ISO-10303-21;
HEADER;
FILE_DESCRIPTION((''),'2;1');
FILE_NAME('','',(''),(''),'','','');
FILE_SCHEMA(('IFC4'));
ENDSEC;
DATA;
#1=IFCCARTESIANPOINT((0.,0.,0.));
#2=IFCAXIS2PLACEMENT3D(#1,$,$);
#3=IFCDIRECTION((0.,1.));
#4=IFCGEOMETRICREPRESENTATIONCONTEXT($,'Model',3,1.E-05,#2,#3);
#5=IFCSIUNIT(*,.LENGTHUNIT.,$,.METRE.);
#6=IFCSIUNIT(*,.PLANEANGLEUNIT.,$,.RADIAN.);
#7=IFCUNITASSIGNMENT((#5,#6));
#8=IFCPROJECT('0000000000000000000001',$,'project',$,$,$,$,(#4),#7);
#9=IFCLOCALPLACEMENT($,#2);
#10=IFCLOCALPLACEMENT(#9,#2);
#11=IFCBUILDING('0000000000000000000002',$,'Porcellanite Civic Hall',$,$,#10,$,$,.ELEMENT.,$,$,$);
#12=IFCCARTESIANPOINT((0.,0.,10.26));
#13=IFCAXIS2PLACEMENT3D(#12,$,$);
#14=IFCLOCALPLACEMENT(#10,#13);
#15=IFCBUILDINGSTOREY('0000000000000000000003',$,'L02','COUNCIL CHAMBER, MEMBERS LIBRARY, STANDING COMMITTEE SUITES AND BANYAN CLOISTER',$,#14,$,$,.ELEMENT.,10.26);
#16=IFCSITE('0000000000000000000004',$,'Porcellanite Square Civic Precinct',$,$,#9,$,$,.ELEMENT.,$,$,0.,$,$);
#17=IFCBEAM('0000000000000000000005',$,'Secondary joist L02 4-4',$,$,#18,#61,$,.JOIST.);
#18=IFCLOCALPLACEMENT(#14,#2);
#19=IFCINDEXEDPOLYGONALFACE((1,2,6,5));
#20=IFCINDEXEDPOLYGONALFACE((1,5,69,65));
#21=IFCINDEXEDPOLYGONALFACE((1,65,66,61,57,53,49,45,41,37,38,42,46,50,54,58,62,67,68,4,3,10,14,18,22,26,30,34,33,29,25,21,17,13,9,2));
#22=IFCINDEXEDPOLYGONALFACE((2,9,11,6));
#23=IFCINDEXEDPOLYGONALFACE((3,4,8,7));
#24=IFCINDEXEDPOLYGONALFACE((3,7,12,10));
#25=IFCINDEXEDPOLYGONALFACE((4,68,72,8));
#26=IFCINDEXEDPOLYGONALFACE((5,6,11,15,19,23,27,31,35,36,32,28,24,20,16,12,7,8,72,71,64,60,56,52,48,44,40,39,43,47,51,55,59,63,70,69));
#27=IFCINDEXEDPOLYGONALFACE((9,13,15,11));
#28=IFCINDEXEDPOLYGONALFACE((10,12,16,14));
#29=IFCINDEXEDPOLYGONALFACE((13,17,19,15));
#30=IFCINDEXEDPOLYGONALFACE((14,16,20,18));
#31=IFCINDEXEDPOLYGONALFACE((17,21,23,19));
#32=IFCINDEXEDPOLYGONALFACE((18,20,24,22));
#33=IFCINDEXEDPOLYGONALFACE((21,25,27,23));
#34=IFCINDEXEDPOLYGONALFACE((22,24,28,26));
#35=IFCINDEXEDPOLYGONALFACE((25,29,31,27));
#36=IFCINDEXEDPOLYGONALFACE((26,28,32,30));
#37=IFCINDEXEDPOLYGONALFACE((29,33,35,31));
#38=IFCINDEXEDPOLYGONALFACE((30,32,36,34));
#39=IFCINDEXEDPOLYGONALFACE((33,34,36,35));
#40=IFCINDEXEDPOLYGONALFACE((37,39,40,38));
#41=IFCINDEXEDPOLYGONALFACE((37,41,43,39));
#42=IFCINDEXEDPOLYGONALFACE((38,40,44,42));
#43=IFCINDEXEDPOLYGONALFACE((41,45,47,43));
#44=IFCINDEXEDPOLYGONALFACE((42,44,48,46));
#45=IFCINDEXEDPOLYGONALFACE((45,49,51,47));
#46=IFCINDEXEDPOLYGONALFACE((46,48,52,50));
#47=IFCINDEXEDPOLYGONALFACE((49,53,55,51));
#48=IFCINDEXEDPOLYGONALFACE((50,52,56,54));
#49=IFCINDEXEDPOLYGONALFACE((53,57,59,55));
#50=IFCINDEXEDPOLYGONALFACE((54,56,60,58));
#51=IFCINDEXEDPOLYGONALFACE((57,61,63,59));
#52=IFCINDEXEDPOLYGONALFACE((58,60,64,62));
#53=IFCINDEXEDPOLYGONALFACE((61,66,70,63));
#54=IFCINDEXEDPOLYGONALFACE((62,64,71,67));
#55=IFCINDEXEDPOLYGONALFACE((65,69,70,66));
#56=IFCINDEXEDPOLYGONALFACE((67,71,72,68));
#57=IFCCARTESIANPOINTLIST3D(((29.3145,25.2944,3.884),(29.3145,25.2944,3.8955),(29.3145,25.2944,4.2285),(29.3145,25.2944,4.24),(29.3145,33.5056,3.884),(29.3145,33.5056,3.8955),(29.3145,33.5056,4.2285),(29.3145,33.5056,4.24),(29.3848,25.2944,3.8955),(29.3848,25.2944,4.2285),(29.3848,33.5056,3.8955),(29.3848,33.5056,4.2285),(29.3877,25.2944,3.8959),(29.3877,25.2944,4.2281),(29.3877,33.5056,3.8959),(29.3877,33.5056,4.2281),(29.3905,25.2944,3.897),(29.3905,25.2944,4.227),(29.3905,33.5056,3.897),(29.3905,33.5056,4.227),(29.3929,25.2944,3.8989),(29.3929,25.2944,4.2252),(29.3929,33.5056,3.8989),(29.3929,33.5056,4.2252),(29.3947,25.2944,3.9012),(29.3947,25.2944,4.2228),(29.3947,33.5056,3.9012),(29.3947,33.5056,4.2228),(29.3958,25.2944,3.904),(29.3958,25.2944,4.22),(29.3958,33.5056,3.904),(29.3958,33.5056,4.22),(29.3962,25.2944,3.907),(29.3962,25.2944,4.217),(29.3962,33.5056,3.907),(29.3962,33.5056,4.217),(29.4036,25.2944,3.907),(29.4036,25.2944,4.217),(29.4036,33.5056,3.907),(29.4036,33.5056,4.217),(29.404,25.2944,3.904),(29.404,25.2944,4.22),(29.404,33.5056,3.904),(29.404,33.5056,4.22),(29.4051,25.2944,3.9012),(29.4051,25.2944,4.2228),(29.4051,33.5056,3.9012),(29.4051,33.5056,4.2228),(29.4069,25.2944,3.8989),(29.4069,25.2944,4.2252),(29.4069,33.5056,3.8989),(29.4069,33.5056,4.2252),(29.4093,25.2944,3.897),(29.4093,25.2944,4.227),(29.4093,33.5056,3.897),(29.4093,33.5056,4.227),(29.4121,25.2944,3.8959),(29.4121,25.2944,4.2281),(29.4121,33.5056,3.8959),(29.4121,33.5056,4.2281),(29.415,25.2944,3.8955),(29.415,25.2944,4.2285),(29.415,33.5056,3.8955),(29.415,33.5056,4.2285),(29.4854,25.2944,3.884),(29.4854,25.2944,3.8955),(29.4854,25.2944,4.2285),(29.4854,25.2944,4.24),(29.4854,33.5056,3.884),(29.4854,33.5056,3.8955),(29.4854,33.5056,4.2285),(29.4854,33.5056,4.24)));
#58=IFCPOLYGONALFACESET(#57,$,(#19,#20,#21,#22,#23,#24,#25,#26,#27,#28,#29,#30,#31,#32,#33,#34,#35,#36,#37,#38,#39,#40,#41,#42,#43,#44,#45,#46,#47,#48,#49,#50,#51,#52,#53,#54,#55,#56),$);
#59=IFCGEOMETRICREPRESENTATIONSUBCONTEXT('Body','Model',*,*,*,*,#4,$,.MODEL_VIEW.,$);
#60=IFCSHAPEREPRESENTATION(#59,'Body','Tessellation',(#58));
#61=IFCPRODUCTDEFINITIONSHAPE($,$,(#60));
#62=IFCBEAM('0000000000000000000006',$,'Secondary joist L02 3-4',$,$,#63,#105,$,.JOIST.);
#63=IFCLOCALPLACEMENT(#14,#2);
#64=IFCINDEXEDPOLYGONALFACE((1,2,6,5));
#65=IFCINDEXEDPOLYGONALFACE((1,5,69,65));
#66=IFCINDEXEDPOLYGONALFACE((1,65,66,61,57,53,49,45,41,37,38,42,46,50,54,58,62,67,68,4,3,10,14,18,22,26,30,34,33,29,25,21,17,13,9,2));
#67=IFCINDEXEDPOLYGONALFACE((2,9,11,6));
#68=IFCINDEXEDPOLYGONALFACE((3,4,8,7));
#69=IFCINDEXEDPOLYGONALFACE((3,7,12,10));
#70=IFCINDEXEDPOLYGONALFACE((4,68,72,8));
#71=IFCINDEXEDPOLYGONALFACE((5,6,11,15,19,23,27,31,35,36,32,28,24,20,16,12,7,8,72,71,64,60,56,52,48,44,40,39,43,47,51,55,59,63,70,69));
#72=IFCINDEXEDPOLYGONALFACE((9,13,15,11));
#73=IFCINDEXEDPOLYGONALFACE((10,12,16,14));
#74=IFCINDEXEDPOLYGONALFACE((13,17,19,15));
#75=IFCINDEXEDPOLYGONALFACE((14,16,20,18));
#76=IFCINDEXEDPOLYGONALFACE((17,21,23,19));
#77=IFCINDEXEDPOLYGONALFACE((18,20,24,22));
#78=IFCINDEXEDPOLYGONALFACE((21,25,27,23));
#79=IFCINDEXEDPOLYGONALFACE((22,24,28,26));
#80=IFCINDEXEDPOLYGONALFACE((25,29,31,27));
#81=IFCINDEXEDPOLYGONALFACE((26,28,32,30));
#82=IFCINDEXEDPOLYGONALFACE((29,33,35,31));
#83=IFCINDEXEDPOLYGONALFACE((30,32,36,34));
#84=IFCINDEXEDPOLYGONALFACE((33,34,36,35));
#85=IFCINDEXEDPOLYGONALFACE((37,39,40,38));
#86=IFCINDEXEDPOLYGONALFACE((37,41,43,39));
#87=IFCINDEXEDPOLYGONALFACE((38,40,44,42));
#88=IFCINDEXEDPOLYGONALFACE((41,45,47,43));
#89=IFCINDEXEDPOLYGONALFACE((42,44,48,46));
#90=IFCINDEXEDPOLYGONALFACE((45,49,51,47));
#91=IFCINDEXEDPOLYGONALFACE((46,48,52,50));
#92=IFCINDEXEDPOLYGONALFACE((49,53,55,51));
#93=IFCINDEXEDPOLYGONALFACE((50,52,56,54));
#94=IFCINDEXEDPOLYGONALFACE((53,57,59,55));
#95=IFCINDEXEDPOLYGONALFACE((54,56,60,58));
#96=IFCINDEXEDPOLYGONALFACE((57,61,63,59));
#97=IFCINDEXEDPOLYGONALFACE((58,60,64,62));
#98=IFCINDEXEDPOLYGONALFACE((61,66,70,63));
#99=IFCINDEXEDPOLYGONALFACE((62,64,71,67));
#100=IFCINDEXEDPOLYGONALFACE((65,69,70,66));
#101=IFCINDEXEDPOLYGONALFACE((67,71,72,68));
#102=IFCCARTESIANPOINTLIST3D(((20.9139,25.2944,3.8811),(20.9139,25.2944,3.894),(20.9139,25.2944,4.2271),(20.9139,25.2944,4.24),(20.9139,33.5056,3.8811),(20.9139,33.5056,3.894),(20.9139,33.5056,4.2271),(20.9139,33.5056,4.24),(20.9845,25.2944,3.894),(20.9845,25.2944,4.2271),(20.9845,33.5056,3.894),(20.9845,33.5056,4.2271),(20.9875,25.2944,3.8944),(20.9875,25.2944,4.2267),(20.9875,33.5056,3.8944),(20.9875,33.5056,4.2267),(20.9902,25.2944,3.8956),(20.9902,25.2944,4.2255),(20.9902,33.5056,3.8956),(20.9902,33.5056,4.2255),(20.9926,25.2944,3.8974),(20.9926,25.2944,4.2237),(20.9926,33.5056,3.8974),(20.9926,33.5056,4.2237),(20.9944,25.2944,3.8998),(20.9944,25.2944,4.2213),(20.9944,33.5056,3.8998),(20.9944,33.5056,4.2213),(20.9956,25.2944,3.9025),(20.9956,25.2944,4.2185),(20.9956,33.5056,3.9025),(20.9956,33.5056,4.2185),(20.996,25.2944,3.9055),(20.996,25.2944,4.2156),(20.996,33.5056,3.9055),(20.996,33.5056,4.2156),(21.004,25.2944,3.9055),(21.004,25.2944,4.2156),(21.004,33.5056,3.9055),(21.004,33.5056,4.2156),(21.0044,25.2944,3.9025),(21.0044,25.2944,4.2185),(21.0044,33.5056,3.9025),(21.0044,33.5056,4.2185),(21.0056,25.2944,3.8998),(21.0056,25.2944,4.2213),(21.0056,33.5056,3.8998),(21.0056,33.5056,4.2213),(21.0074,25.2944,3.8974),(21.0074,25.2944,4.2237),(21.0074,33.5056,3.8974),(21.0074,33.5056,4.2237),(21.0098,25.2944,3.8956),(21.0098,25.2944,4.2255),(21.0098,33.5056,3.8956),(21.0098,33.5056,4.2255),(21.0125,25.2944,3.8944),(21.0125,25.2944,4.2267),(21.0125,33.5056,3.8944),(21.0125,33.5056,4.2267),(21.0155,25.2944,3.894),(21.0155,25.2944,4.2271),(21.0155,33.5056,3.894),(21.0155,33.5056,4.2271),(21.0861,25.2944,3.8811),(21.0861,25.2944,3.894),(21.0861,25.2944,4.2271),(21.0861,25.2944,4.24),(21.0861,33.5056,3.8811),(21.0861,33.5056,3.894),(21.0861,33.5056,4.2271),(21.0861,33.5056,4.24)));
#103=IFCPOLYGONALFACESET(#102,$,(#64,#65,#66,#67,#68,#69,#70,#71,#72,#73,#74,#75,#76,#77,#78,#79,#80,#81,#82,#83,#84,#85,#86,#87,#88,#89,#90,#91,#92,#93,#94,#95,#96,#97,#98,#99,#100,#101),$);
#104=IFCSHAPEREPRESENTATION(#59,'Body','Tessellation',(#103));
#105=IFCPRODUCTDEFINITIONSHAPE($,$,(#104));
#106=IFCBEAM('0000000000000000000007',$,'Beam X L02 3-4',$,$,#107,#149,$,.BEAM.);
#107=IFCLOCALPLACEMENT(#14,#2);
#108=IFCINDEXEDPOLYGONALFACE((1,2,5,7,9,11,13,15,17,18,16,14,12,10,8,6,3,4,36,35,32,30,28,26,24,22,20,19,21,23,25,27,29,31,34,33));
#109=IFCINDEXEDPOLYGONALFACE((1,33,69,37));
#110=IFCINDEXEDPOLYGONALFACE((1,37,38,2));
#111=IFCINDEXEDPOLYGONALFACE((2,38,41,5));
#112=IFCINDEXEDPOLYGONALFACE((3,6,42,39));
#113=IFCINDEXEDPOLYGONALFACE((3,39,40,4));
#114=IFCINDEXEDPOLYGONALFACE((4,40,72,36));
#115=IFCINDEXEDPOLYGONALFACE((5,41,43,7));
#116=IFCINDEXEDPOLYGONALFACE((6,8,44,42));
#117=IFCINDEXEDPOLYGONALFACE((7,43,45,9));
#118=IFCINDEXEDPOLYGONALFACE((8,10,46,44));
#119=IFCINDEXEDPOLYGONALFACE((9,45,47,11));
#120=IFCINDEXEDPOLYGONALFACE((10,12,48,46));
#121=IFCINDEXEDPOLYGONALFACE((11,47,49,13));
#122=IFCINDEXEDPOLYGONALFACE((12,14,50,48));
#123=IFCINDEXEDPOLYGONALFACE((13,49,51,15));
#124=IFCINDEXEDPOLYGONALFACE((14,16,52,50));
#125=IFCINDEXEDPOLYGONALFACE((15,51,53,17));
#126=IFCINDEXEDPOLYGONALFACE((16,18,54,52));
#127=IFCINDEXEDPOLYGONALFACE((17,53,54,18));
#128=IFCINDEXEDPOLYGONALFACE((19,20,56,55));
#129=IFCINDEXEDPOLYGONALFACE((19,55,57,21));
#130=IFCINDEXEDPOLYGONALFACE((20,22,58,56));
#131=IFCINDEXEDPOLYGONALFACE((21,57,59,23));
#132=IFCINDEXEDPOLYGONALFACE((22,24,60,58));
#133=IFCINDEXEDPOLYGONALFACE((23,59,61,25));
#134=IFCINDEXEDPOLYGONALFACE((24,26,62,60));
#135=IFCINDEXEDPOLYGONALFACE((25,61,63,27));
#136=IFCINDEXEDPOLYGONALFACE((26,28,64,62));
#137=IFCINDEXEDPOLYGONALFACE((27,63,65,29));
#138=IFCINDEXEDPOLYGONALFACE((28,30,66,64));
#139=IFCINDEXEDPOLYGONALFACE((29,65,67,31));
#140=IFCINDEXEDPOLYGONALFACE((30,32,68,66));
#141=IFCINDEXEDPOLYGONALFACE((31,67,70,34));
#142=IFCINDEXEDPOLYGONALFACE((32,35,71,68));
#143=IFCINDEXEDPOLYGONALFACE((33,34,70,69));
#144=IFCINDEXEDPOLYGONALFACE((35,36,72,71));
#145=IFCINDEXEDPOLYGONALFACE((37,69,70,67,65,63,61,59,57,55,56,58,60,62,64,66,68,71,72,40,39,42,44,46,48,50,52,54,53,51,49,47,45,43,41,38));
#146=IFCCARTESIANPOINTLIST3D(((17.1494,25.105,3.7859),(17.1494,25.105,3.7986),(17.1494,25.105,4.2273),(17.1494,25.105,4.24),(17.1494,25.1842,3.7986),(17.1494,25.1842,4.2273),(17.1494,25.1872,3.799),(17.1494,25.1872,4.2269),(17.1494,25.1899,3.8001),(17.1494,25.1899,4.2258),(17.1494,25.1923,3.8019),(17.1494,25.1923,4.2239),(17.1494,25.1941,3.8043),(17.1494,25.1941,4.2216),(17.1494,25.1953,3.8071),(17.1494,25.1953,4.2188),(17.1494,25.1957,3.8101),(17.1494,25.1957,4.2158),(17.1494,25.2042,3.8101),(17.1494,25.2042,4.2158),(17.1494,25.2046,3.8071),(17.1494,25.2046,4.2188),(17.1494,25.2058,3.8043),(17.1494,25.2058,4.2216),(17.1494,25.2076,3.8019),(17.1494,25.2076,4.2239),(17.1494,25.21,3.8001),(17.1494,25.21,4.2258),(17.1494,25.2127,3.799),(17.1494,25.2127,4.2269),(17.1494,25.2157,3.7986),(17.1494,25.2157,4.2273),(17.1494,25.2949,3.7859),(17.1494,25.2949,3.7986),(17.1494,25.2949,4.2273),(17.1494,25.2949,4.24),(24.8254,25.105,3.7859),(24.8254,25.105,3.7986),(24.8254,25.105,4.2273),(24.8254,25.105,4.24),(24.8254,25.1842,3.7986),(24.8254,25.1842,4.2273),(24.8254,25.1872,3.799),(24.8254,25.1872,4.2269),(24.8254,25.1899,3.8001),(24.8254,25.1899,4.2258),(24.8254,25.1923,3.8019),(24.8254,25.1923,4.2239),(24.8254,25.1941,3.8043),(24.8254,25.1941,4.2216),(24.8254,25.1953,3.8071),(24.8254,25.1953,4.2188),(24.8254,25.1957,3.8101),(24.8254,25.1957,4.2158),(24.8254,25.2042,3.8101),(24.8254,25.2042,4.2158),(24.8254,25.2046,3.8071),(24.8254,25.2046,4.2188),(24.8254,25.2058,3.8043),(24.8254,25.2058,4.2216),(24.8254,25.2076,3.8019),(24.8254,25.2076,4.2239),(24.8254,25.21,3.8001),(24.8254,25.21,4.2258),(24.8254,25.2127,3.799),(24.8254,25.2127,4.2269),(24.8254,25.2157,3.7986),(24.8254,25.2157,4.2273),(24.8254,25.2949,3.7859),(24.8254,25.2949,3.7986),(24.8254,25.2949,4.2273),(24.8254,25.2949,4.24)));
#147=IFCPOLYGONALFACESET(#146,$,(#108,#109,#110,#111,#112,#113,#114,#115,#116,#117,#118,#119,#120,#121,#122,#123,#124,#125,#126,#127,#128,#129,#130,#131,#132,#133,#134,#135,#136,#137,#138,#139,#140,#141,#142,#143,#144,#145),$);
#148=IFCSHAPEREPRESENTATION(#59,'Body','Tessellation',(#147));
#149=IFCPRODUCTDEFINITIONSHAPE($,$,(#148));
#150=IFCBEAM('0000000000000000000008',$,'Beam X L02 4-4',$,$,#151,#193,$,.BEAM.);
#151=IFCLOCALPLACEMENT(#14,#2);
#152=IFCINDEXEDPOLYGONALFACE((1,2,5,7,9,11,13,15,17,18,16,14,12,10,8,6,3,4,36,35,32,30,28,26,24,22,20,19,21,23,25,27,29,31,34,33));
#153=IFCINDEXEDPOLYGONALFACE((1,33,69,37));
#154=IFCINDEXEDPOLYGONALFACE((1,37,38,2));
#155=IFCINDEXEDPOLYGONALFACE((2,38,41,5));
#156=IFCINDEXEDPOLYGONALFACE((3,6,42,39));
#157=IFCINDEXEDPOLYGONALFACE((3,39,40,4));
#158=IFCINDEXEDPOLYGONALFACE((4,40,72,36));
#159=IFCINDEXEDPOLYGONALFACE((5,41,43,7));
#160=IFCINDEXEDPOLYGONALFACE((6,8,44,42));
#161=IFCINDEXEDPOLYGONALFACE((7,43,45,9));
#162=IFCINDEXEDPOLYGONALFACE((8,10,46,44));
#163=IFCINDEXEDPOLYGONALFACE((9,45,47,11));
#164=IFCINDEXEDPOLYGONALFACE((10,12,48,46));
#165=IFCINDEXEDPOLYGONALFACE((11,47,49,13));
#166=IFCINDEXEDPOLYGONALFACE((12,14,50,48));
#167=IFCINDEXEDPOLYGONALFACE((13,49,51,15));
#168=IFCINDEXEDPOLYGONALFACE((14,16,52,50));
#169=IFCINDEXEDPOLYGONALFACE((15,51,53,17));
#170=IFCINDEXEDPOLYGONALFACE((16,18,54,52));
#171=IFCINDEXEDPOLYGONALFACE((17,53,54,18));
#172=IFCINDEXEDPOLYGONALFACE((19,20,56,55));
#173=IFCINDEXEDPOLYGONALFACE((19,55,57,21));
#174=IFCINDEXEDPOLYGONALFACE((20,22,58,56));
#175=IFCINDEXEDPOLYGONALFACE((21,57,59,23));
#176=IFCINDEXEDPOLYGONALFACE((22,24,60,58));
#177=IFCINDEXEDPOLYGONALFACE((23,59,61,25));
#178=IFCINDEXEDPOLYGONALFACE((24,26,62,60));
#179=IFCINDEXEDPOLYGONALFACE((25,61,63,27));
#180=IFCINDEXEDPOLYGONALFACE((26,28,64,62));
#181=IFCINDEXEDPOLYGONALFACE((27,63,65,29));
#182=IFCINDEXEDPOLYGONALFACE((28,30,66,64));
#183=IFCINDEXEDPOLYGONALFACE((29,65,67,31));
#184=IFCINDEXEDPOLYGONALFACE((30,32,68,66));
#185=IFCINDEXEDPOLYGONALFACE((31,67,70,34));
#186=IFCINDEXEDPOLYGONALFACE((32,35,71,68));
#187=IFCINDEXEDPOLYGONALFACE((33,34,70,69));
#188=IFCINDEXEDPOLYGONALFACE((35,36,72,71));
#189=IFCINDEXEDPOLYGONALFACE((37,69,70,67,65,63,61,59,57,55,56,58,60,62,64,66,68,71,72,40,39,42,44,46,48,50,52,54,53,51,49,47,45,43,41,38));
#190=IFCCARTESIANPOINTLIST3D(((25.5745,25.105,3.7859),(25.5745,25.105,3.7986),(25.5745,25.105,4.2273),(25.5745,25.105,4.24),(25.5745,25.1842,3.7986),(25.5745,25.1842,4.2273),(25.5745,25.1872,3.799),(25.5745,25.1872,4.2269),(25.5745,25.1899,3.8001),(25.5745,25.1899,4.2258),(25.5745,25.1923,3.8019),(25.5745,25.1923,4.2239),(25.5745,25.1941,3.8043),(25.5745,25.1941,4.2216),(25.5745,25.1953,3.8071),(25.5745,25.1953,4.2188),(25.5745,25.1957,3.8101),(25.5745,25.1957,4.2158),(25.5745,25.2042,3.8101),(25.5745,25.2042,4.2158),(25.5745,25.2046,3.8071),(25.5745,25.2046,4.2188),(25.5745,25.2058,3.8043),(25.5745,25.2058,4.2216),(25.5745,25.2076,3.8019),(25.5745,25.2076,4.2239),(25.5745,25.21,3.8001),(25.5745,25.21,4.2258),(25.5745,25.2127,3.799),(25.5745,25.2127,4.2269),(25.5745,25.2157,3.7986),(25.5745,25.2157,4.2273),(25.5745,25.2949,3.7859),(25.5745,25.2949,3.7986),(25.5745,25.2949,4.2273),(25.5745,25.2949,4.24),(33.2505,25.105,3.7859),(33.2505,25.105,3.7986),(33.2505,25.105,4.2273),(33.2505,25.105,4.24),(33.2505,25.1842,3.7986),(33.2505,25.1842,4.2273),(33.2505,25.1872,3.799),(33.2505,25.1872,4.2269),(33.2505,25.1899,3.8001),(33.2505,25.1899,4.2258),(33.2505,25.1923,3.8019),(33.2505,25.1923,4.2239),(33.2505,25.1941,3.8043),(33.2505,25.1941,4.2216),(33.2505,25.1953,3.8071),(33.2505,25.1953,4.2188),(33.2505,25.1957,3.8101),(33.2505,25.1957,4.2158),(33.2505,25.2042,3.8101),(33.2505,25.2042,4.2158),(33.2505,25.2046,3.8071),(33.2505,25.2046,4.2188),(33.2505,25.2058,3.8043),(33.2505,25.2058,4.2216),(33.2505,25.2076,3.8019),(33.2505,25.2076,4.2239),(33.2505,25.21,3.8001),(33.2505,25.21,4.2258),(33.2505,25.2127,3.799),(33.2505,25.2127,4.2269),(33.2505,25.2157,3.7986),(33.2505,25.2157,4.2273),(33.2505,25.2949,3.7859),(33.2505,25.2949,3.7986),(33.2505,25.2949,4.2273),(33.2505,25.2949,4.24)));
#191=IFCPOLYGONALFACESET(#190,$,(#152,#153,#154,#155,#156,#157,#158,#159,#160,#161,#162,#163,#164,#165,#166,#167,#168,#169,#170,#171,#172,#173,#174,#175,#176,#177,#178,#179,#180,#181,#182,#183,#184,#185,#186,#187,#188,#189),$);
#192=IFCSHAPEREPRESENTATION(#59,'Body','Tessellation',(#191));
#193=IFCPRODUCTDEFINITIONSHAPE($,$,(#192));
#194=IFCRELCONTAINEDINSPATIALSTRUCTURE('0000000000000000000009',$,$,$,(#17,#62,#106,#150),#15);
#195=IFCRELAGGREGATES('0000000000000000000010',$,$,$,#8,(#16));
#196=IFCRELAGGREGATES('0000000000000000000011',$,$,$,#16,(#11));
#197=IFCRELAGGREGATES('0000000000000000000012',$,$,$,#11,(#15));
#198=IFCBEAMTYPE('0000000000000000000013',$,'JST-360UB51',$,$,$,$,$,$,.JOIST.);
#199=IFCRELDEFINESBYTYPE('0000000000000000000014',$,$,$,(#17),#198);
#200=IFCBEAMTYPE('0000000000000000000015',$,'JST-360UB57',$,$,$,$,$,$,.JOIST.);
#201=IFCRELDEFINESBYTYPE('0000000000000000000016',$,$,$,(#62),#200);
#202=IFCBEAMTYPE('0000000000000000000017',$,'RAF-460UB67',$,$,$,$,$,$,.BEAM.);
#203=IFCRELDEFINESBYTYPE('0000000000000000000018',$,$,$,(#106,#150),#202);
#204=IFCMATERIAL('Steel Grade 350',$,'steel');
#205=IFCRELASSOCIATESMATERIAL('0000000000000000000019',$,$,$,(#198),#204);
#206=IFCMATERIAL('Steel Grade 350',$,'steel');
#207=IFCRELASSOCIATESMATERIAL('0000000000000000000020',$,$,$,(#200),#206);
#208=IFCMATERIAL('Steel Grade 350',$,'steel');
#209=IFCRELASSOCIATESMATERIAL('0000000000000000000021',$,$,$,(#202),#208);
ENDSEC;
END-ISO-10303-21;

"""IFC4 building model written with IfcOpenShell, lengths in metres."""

from ifc_helpers import new_model, si_unit, direction, frame, origin, origin_2d, place, context, subcontext, project, spatial, i_section, extrude, material, material_profile, profile_set, type_object, element, save


model = new_model("IFC4")

# Units and contexts
model_context = context("Model", 3, precision=1e-05, world=origin(), true_north=direction((0.0, 1.0)))
body_context = subcontext(model_context, "Body", "Model", "MODEL_VIEW")
ifc_project = project(units=[si_unit("LENGTHUNIT", "METRE"), si_unit("PLANEANGLEUNIT", "RADIAN")], contexts=[model_context])

# Site, building, storey
site_placement = place(None, origin())
site = spatial("IfcSite", under=ifc_project, at=site_placement, Name="Porcellanite Square Civic Precinct", CompositionType="ELEMENT", RefElevation=0.0)
building_placement = place(site_placement, origin())
building = spatial("IfcBuilding", under=site, at=building_placement, Name="Porcellanite Civic Hall", CompositionType="ELEMENT")
storey_placement = place(building_placement, frame((0.0, 0.0, 10.26)))
storey = spatial("IfcBuildingStorey", under=building, at=storey_placement, Name="L02", Description="COUNCIL CHAMBER, MEMBERS LIBRARY, STANDING COMMITTEE SUITES AND BANYAN CLOISTER", CompositionType="ELEMENT", Elevation=10.26)

# Beams
ifc_material_1 = material(Name="Steel Grade 350", Category="steel")
ifc_material_profile_1 = material_profile(ifc_material_1, i_section(OverallWidth=0.1709, OverallDepth=0.356, WebThickness=0.0073, FlangeThickness=0.0115, FilletRadius=0.0115, at=origin_2d()), Name="360UB50.7")
ifc_profile_set_1 = profile_set([ifc_material_profile_1], Name="Steel Grade 350")
beam_type_1 = type_object("IfcBeamType", Name="JST-360UB51", PredefinedType="JOIST", material=ifc_profile_set_1)
beam_1_placement = place(storey_placement, frame((29.3999, 25.2944, 4.062), z_axis=(0.0, 1.0, 0.0), x_axis=(-1.0, 0.0, 0.0)))
element("IfcBeam", 1, at=beam_1_placement, inside=storey, type_object=beam_type_1, Name="Secondary joist L02 4-4", PredefinedType="JOIST", context=body_context, shape_type="SweptSolid", body=[
    extrude(i_section(OverallWidth=0.1709, OverallDepth=0.356, WebThickness=0.0073, FlangeThickness=0.0115, FilletRadius=0.0115, at=origin_2d()), origin(), (0.0, 0.0, 1.0), 8.2112),
])
ifc_material_2 = material(Name="Steel Grade 350", Category="steel")
ifc_material_profile_2 = material_profile(ifc_material_2, i_section(OverallWidth=0.1721, OverallDepth=0.3589, WebThickness=0.0081, FlangeThickness=0.0129, FilletRadius=0.0115, at=origin_2d()), Name="360UB56.7")
ifc_profile_set_2 = profile_set([ifc_material_profile_2], Name="Steel Grade 350")
beam_type_2 = type_object("IfcBeamType", Name="JST-360UB57", PredefinedType="JOIST", material=ifc_profile_set_2)
beam_2_placement = place(storey_placement, frame((21.0, 25.2944, 4.0605), z_axis=(0.0, 1.0, 0.0), x_axis=(-1.0, 0.0, 0.0)))
element("IfcBeam", 2, at=beam_2_placement, inside=storey, type_object=beam_type_2, Name="Secondary joist L02 3-4", PredefinedType="JOIST", context=body_context, shape_type="SweptSolid", body=[
    extrude(i_section(OverallWidth=0.1721, OverallDepth=0.3589, WebThickness=0.0081, FlangeThickness=0.0129, FilletRadius=0.0115, at=origin_2d()), origin(), (0.0, 0.0, 1.0), 8.2112),
])
ifc_material_3 = material(Name="Steel Grade 350", Category="steel")
ifc_material_profile_3 = material_profile(ifc_material_3, i_section(OverallWidth=0.1899, OverallDepth=0.4541, WebThickness=0.0085, FlangeThickness=0.0127, FilletRadius=0.0115, at=origin_2d()), Name="460UB67.1")
ifc_profile_set_3 = profile_set([ifc_material_profile_3], Name="Steel Grade 350")
beam_type_3 = type_object("IfcBeamType", Name="RAF-460UB67", PredefinedType="BEAM", material=ifc_profile_set_3)
for number, where, z_axis, x_axis, name in (
    (3, (17.1494, 25.2, 4.0129), (1.0, 0.0, 0.0), (0.0, 1.0, 0.0), "Beam X L02 3-4"),
    (4, (25.5745, 25.2, 4.0129), (1.0, 0.0, 0.0), (0.0, 1.0, 0.0), "Beam X L02 4-4"),
):
    element("IfcBeam", number, at=place(storey_placement, frame(where, z_axis=z_axis, x_axis=x_axis)), inside=storey, type_object=beam_type_3, Name=name, PredefinedType="BEAM", context=body_context, shape_type="SweptSolid", body=[
        extrude(i_section(OverallWidth=0.1899, OverallDepth=0.4541, WebThickness=0.0085, FlangeThickness=0.0127, FilletRadius=0.0115, at=origin_2d()), origin(), (0.0, 0.0, 1.0), 7.676),
    ])

save(model, "model.ifc")
